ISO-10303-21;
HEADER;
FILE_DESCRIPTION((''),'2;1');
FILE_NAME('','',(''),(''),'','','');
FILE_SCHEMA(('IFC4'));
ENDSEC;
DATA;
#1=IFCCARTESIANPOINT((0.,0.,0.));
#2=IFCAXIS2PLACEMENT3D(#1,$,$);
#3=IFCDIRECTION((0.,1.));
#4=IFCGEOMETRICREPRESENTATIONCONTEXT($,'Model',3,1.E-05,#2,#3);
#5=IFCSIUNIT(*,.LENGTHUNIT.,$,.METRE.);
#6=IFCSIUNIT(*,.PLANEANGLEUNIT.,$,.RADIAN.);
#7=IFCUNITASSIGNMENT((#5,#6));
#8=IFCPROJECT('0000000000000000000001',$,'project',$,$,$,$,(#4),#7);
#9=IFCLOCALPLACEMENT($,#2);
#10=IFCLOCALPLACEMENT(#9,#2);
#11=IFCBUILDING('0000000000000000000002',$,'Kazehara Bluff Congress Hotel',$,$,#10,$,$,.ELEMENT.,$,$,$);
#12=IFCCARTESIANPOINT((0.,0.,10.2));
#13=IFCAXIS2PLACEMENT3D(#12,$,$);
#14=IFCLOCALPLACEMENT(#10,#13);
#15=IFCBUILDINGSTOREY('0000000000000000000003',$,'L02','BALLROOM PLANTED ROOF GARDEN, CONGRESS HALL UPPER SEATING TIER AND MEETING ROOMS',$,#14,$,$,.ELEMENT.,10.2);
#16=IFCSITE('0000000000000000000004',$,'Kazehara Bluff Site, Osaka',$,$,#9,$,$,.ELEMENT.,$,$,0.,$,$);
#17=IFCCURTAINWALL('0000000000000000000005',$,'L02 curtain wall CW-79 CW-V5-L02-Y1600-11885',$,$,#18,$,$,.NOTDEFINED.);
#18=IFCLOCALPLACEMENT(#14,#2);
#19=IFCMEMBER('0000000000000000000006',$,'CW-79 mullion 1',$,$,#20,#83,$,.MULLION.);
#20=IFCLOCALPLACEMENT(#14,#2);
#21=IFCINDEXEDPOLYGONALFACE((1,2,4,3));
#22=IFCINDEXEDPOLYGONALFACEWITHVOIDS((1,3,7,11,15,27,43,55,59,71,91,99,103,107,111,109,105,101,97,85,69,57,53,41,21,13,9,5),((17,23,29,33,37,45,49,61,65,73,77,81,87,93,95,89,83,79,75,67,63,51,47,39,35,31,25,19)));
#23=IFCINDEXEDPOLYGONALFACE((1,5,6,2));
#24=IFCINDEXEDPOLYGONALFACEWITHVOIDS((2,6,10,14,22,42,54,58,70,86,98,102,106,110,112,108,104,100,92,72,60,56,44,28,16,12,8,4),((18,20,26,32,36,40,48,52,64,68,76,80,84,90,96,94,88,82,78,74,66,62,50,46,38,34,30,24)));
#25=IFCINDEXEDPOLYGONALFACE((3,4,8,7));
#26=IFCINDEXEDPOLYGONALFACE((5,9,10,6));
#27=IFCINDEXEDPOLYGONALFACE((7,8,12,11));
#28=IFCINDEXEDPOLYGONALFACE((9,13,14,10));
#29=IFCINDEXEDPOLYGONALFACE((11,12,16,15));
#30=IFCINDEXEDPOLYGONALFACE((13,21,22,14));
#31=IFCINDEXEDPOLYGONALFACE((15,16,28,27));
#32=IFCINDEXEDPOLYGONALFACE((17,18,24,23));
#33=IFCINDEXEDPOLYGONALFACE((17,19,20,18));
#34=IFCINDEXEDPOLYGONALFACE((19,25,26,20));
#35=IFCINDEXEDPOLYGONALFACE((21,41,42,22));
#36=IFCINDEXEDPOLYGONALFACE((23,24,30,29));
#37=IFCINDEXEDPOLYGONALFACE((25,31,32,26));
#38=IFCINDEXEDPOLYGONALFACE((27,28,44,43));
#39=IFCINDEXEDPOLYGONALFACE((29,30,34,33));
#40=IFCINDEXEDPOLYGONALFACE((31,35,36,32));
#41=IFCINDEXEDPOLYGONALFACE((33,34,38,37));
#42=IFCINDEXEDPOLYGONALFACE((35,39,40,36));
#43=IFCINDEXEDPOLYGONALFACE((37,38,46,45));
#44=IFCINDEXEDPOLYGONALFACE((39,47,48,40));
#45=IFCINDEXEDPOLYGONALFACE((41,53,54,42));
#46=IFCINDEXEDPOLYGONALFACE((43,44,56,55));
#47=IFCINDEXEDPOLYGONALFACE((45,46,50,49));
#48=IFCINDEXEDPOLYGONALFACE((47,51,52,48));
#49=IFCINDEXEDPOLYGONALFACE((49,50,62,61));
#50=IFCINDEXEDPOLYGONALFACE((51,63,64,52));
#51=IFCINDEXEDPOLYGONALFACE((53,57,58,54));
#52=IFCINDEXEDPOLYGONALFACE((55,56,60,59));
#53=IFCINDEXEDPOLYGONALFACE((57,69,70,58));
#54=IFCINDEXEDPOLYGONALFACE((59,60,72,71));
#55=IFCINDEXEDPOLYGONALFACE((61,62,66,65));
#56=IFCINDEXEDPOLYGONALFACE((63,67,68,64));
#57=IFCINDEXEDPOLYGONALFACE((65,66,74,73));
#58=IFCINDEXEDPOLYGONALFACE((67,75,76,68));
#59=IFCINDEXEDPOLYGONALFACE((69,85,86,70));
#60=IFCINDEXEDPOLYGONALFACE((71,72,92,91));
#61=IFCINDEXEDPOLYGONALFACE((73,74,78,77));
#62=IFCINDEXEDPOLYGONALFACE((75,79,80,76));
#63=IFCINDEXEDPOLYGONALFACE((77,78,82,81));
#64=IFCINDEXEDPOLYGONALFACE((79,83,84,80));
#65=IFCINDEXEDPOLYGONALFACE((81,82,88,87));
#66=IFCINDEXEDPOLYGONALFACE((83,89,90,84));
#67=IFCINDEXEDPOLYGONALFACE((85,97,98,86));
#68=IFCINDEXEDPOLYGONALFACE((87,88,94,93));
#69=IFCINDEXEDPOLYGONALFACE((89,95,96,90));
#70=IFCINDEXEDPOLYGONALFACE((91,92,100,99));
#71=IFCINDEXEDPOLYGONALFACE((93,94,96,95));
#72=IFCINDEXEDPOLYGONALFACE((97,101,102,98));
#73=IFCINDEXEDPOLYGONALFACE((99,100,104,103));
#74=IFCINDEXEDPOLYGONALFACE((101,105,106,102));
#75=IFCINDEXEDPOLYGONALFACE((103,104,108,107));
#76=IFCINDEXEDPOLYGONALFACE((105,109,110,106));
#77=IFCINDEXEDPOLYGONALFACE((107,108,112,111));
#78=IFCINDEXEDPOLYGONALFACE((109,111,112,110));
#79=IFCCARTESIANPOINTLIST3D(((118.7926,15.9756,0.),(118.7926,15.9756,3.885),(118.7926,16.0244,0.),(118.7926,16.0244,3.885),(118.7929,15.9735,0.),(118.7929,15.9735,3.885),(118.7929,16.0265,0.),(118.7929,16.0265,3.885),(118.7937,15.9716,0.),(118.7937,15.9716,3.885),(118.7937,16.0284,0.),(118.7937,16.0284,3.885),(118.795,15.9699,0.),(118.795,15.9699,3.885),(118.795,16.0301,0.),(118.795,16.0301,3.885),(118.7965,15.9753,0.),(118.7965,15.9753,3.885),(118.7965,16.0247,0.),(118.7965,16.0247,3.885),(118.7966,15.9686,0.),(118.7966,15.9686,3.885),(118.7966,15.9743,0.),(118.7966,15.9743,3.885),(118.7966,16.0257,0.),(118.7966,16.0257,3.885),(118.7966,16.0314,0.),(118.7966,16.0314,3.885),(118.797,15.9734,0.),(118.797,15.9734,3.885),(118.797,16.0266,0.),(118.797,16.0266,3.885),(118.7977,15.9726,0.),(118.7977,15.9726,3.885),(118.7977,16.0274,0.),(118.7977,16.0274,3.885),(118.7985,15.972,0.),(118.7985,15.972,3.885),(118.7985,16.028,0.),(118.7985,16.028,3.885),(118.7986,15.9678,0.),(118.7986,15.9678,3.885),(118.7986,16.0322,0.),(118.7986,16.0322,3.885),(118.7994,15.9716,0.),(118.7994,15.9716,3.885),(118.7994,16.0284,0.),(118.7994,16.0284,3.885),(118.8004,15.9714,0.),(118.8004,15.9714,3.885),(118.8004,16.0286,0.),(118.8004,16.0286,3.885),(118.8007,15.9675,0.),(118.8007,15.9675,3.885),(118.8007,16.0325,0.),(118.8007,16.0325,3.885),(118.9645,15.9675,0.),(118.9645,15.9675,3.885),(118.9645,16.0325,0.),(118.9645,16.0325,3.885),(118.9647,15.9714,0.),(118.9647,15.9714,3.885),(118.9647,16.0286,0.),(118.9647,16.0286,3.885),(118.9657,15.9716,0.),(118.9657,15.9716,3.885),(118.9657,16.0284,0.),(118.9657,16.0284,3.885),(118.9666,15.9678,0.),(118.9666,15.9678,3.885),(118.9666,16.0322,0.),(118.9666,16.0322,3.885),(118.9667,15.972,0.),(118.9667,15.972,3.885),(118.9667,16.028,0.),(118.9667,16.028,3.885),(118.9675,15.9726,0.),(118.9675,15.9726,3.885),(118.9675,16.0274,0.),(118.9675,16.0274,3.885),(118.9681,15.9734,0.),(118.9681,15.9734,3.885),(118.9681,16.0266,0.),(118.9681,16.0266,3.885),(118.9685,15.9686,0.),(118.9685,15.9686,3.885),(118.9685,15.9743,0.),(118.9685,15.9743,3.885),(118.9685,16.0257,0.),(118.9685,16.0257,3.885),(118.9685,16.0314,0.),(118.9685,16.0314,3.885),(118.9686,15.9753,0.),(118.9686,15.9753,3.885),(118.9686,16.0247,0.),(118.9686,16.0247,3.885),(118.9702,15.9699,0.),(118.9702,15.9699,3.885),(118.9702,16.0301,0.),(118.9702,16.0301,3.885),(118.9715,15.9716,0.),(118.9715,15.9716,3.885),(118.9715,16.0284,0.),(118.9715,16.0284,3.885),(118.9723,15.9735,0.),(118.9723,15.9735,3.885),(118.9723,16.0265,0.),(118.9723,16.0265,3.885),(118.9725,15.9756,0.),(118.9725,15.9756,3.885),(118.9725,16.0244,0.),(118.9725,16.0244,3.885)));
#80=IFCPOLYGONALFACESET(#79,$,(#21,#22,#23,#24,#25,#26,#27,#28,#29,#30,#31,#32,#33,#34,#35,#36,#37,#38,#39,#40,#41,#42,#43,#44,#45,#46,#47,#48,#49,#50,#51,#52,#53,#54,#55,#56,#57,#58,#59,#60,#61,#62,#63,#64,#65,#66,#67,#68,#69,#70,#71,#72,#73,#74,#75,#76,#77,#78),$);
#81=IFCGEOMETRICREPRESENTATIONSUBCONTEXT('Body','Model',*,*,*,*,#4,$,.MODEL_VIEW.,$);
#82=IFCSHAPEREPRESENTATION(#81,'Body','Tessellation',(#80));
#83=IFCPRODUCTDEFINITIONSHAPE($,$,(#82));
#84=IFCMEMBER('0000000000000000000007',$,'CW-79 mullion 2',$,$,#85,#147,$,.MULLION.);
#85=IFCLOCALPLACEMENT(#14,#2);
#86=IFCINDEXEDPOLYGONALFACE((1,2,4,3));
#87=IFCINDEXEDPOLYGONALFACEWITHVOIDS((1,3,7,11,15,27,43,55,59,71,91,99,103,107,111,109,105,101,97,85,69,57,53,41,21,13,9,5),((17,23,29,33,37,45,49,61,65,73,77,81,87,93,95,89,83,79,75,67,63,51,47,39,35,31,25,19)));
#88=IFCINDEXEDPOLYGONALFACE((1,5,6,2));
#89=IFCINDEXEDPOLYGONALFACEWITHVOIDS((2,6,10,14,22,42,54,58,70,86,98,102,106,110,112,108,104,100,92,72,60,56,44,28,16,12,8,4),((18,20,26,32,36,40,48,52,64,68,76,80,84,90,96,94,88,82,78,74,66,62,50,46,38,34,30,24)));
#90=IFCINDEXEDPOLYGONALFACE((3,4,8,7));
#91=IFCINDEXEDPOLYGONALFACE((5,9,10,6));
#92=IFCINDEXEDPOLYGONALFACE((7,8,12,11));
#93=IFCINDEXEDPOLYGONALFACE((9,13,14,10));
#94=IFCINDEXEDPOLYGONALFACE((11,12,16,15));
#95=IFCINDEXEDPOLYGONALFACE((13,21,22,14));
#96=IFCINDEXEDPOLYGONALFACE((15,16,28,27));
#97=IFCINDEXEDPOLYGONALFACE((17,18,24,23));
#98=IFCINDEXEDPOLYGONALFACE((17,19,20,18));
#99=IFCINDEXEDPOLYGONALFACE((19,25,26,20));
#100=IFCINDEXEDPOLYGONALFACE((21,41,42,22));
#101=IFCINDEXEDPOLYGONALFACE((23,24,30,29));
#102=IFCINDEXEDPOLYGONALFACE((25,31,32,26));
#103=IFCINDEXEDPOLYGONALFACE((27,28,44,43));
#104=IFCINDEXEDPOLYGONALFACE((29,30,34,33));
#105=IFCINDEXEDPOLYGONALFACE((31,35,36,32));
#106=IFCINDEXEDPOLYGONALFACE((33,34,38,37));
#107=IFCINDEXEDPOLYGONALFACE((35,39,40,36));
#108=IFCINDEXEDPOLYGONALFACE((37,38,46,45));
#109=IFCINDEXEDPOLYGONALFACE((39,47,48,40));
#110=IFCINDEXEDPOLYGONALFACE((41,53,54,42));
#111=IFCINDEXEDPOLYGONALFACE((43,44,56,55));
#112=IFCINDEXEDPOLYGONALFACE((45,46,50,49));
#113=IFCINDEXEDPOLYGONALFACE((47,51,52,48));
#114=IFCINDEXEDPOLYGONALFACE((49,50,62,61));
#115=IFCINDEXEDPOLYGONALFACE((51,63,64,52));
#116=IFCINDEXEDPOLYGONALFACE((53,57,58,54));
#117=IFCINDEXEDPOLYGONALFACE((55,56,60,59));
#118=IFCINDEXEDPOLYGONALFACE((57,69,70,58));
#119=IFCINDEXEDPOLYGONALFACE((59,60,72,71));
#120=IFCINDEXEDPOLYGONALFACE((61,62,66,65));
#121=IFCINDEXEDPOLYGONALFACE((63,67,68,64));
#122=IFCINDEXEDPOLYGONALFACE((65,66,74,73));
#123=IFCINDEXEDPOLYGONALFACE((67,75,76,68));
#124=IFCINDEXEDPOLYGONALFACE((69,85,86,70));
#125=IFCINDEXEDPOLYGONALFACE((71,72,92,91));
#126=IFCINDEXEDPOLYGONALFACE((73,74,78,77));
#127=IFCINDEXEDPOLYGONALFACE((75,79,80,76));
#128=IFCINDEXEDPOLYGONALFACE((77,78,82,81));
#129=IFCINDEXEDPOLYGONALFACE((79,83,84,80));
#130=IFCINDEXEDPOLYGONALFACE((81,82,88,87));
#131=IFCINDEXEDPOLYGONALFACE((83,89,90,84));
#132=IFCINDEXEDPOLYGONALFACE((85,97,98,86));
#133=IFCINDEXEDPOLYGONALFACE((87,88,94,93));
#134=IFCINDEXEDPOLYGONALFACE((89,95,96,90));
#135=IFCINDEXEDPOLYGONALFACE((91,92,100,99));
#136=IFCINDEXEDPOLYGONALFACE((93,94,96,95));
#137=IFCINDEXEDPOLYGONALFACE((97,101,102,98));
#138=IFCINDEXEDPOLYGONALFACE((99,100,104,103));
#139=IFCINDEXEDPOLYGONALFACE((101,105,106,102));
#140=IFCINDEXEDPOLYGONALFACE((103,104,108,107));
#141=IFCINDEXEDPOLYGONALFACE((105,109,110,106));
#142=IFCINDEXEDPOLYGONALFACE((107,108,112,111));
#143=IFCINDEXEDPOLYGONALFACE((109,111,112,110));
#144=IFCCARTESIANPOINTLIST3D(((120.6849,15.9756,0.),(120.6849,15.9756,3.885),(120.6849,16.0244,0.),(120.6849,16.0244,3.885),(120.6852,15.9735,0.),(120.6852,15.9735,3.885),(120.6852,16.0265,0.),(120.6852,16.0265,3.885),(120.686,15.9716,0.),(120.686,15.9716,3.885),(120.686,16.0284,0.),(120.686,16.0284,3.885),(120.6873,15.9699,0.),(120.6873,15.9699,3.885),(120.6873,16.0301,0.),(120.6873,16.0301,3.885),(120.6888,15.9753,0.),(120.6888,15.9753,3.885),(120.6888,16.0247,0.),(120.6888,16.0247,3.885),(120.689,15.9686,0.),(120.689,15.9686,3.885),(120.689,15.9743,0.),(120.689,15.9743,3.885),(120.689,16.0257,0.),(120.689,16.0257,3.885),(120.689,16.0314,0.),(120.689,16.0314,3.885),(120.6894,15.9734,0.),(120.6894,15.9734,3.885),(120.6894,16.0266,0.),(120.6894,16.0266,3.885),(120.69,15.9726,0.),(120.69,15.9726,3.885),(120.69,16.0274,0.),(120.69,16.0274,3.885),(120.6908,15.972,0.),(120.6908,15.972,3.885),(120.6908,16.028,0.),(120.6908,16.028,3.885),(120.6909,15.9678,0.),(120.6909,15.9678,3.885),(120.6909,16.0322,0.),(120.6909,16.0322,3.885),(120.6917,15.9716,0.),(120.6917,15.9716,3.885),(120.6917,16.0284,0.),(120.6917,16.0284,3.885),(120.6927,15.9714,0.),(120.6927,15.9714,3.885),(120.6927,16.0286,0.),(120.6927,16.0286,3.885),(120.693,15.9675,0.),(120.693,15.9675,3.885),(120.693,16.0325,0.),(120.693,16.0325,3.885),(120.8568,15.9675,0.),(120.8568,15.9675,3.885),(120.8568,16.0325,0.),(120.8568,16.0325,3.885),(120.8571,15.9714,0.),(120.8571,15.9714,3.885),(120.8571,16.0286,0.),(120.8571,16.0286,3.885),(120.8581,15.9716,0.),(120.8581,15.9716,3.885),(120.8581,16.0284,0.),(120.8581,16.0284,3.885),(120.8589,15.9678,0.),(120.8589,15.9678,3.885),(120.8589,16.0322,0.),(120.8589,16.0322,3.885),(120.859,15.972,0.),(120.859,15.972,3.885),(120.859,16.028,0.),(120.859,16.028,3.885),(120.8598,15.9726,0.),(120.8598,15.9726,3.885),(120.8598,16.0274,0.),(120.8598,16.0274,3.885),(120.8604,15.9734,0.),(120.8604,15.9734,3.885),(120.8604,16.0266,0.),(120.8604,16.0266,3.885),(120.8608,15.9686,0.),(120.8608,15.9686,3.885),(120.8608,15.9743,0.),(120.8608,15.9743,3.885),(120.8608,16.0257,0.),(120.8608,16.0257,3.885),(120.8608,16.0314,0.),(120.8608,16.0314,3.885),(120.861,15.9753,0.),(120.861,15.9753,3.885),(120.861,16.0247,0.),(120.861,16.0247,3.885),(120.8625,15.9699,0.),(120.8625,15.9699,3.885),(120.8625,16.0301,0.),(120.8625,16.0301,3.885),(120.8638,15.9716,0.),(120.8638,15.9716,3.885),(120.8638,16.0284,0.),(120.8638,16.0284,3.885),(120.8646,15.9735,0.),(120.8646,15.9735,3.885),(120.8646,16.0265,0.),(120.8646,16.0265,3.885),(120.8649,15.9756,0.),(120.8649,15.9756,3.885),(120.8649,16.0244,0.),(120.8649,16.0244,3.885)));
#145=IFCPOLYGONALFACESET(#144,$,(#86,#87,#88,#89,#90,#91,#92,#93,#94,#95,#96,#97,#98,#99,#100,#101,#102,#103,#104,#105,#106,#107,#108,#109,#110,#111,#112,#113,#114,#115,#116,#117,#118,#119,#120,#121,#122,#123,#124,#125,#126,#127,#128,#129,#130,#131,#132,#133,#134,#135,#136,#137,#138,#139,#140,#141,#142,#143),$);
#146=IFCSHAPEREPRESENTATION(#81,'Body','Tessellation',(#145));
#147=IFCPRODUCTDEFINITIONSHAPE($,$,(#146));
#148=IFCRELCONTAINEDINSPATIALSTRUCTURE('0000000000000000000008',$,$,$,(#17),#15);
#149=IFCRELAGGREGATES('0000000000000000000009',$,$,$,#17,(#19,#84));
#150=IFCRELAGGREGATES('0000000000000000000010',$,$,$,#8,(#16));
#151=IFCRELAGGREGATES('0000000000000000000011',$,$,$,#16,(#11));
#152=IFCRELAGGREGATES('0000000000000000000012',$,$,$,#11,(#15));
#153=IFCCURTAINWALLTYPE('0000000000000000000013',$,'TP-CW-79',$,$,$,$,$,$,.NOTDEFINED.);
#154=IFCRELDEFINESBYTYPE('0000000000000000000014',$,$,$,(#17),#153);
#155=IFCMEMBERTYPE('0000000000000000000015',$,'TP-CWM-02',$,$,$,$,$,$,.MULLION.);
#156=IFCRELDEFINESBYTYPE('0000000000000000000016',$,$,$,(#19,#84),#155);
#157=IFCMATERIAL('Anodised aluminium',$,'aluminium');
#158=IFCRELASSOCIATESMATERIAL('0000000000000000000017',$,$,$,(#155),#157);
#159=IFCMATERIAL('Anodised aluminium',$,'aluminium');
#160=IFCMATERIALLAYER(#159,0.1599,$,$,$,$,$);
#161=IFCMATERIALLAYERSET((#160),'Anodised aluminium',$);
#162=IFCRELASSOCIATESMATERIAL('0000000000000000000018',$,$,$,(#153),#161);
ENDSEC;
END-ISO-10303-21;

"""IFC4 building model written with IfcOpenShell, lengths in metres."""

from ifc_helpers import new_model, si_unit, direction, frame, origin, origin_2d, place, context, subcontext, project, spatial, hollow_rectangle, extrude, material, layer, layer_set, material_profile, profile_set, type_object, element, aggregate, save


model = new_model("IFC4")

# Units and contexts
model_context = context("Model", 3, precision=1e-05, world=origin(), true_north=direction((0.0, 1.0)))
body_context = subcontext(model_context, "Body", "Model", "MODEL_VIEW")
ifc_project = project(units=[si_unit("LENGTHUNIT", "METRE"), si_unit("PLANEANGLEUNIT", "RADIAN")], contexts=[model_context])

# Site, building, storey
site_placement = place(None, origin())
site = spatial("IfcSite", under=ifc_project, at=site_placement, Name="Kazehara Bluff Site, Osaka", CompositionType="ELEMENT", RefElevation=0.0)
building_placement = place(site_placement, origin())
building = spatial("IfcBuilding", under=site, at=building_placement, Name="Kazehara Bluff Congress Hotel", CompositionType="ELEMENT")
storey_placement = place(building_placement, frame((0.0, 0.0, 10.2)))
storey = spatial("IfcBuildingStorey", under=building, at=storey_placement, Name="L02", Description="BALLROOM PLANTED ROOF GARDEN, CONGRESS HALL UPPER SEATING TIER AND MEETING ROOMS", CompositionType="ELEMENT", Elevation=10.2)

# Shared definitions
ifc_material_1 = material(Name="Anodised aluminium", Category="aluminium")
ifc_material_profile_1 = material_profile(ifc_material_1, hollow_rectangle(XDim=0.0649, YDim=0.1799, WallThickness=0.0039, InnerFilletRadius=0.0039, OuterFilletRadius=0.0081, at=origin_2d()))
ifc_profile_set_1 = profile_set([ifc_material_profile_1], Name="Anodised aluminium")
member_type_1 = type_object("IfcMemberType", Name="TP-CWM-02", PredefinedType="MULLION", material=ifc_profile_set_1)

# Curtain wall, members
ifc_material_2 = material(Name="Anodised aluminium", Category="aluminium")
ifc_layer_1 = layer(ifc_material_2, 0.1599)
ifc_layer_set_1 = layer_set([ifc_layer_1], Name="Anodised aluminium")
curtain_wall_type_1 = type_object("IfcCurtainWallType", Name="TP-CW-79", PredefinedType="NOTDEFINED", material=ifc_layer_set_1)
curtain_wall_1_placement = place(storey_placement, origin())
curtain_wall_1 = element("IfcCurtainWall", 1, at=curtain_wall_1_placement, inside=storey, type_object=curtain_wall_type_1, Name="L02 curtain wall CW-79 CW-V5-L02-Y1600-11885", PredefinedType="NOTDEFINED")
member_1_placement = place(storey_placement, frame((118.8826, 16.0, 0.0), z_axis=(0.0, 0.0, 1.0), x_axis=(0.0, 1.0, 0.0)))
member_1 = element("IfcMember", 2, at=member_1_placement, type_object=member_type_1, Name="CW-79 mullion 1", PredefinedType="MULLION", context=body_context, shape_type="SweptSolid", body=[
    extrude(hollow_rectangle(XDim=0.0649, YDim=0.1799, WallThickness=0.0039, InnerFilletRadius=0.0039, OuterFilletRadius=0.0081, at=origin_2d()), origin(), (0.0, 0.0, 1.0), 3.885),
])
member_2_placement = place(storey_placement, frame((120.7749, 16.0, 0.0), z_axis=(0.0, 0.0, 1.0), x_axis=(0.0, 1.0, 0.0)))
member_2 = element("IfcMember", 3, at=member_2_placement, type_object=member_type_1, Name="CW-79 mullion 2", PredefinedType="MULLION", context=body_context, shape_type="SweptSolid", body=[
    extrude(hollow_rectangle(XDim=0.0649, YDim=0.1799, WallThickness=0.0039, InnerFilletRadius=0.0039, OuterFilletRadius=0.0081, at=origin_2d()), origin(), (0.0, 0.0, 1.0), 3.885),
])

aggregate(curtain_wall_1, [member_1, member_2])

save(model, "model.ifc")
